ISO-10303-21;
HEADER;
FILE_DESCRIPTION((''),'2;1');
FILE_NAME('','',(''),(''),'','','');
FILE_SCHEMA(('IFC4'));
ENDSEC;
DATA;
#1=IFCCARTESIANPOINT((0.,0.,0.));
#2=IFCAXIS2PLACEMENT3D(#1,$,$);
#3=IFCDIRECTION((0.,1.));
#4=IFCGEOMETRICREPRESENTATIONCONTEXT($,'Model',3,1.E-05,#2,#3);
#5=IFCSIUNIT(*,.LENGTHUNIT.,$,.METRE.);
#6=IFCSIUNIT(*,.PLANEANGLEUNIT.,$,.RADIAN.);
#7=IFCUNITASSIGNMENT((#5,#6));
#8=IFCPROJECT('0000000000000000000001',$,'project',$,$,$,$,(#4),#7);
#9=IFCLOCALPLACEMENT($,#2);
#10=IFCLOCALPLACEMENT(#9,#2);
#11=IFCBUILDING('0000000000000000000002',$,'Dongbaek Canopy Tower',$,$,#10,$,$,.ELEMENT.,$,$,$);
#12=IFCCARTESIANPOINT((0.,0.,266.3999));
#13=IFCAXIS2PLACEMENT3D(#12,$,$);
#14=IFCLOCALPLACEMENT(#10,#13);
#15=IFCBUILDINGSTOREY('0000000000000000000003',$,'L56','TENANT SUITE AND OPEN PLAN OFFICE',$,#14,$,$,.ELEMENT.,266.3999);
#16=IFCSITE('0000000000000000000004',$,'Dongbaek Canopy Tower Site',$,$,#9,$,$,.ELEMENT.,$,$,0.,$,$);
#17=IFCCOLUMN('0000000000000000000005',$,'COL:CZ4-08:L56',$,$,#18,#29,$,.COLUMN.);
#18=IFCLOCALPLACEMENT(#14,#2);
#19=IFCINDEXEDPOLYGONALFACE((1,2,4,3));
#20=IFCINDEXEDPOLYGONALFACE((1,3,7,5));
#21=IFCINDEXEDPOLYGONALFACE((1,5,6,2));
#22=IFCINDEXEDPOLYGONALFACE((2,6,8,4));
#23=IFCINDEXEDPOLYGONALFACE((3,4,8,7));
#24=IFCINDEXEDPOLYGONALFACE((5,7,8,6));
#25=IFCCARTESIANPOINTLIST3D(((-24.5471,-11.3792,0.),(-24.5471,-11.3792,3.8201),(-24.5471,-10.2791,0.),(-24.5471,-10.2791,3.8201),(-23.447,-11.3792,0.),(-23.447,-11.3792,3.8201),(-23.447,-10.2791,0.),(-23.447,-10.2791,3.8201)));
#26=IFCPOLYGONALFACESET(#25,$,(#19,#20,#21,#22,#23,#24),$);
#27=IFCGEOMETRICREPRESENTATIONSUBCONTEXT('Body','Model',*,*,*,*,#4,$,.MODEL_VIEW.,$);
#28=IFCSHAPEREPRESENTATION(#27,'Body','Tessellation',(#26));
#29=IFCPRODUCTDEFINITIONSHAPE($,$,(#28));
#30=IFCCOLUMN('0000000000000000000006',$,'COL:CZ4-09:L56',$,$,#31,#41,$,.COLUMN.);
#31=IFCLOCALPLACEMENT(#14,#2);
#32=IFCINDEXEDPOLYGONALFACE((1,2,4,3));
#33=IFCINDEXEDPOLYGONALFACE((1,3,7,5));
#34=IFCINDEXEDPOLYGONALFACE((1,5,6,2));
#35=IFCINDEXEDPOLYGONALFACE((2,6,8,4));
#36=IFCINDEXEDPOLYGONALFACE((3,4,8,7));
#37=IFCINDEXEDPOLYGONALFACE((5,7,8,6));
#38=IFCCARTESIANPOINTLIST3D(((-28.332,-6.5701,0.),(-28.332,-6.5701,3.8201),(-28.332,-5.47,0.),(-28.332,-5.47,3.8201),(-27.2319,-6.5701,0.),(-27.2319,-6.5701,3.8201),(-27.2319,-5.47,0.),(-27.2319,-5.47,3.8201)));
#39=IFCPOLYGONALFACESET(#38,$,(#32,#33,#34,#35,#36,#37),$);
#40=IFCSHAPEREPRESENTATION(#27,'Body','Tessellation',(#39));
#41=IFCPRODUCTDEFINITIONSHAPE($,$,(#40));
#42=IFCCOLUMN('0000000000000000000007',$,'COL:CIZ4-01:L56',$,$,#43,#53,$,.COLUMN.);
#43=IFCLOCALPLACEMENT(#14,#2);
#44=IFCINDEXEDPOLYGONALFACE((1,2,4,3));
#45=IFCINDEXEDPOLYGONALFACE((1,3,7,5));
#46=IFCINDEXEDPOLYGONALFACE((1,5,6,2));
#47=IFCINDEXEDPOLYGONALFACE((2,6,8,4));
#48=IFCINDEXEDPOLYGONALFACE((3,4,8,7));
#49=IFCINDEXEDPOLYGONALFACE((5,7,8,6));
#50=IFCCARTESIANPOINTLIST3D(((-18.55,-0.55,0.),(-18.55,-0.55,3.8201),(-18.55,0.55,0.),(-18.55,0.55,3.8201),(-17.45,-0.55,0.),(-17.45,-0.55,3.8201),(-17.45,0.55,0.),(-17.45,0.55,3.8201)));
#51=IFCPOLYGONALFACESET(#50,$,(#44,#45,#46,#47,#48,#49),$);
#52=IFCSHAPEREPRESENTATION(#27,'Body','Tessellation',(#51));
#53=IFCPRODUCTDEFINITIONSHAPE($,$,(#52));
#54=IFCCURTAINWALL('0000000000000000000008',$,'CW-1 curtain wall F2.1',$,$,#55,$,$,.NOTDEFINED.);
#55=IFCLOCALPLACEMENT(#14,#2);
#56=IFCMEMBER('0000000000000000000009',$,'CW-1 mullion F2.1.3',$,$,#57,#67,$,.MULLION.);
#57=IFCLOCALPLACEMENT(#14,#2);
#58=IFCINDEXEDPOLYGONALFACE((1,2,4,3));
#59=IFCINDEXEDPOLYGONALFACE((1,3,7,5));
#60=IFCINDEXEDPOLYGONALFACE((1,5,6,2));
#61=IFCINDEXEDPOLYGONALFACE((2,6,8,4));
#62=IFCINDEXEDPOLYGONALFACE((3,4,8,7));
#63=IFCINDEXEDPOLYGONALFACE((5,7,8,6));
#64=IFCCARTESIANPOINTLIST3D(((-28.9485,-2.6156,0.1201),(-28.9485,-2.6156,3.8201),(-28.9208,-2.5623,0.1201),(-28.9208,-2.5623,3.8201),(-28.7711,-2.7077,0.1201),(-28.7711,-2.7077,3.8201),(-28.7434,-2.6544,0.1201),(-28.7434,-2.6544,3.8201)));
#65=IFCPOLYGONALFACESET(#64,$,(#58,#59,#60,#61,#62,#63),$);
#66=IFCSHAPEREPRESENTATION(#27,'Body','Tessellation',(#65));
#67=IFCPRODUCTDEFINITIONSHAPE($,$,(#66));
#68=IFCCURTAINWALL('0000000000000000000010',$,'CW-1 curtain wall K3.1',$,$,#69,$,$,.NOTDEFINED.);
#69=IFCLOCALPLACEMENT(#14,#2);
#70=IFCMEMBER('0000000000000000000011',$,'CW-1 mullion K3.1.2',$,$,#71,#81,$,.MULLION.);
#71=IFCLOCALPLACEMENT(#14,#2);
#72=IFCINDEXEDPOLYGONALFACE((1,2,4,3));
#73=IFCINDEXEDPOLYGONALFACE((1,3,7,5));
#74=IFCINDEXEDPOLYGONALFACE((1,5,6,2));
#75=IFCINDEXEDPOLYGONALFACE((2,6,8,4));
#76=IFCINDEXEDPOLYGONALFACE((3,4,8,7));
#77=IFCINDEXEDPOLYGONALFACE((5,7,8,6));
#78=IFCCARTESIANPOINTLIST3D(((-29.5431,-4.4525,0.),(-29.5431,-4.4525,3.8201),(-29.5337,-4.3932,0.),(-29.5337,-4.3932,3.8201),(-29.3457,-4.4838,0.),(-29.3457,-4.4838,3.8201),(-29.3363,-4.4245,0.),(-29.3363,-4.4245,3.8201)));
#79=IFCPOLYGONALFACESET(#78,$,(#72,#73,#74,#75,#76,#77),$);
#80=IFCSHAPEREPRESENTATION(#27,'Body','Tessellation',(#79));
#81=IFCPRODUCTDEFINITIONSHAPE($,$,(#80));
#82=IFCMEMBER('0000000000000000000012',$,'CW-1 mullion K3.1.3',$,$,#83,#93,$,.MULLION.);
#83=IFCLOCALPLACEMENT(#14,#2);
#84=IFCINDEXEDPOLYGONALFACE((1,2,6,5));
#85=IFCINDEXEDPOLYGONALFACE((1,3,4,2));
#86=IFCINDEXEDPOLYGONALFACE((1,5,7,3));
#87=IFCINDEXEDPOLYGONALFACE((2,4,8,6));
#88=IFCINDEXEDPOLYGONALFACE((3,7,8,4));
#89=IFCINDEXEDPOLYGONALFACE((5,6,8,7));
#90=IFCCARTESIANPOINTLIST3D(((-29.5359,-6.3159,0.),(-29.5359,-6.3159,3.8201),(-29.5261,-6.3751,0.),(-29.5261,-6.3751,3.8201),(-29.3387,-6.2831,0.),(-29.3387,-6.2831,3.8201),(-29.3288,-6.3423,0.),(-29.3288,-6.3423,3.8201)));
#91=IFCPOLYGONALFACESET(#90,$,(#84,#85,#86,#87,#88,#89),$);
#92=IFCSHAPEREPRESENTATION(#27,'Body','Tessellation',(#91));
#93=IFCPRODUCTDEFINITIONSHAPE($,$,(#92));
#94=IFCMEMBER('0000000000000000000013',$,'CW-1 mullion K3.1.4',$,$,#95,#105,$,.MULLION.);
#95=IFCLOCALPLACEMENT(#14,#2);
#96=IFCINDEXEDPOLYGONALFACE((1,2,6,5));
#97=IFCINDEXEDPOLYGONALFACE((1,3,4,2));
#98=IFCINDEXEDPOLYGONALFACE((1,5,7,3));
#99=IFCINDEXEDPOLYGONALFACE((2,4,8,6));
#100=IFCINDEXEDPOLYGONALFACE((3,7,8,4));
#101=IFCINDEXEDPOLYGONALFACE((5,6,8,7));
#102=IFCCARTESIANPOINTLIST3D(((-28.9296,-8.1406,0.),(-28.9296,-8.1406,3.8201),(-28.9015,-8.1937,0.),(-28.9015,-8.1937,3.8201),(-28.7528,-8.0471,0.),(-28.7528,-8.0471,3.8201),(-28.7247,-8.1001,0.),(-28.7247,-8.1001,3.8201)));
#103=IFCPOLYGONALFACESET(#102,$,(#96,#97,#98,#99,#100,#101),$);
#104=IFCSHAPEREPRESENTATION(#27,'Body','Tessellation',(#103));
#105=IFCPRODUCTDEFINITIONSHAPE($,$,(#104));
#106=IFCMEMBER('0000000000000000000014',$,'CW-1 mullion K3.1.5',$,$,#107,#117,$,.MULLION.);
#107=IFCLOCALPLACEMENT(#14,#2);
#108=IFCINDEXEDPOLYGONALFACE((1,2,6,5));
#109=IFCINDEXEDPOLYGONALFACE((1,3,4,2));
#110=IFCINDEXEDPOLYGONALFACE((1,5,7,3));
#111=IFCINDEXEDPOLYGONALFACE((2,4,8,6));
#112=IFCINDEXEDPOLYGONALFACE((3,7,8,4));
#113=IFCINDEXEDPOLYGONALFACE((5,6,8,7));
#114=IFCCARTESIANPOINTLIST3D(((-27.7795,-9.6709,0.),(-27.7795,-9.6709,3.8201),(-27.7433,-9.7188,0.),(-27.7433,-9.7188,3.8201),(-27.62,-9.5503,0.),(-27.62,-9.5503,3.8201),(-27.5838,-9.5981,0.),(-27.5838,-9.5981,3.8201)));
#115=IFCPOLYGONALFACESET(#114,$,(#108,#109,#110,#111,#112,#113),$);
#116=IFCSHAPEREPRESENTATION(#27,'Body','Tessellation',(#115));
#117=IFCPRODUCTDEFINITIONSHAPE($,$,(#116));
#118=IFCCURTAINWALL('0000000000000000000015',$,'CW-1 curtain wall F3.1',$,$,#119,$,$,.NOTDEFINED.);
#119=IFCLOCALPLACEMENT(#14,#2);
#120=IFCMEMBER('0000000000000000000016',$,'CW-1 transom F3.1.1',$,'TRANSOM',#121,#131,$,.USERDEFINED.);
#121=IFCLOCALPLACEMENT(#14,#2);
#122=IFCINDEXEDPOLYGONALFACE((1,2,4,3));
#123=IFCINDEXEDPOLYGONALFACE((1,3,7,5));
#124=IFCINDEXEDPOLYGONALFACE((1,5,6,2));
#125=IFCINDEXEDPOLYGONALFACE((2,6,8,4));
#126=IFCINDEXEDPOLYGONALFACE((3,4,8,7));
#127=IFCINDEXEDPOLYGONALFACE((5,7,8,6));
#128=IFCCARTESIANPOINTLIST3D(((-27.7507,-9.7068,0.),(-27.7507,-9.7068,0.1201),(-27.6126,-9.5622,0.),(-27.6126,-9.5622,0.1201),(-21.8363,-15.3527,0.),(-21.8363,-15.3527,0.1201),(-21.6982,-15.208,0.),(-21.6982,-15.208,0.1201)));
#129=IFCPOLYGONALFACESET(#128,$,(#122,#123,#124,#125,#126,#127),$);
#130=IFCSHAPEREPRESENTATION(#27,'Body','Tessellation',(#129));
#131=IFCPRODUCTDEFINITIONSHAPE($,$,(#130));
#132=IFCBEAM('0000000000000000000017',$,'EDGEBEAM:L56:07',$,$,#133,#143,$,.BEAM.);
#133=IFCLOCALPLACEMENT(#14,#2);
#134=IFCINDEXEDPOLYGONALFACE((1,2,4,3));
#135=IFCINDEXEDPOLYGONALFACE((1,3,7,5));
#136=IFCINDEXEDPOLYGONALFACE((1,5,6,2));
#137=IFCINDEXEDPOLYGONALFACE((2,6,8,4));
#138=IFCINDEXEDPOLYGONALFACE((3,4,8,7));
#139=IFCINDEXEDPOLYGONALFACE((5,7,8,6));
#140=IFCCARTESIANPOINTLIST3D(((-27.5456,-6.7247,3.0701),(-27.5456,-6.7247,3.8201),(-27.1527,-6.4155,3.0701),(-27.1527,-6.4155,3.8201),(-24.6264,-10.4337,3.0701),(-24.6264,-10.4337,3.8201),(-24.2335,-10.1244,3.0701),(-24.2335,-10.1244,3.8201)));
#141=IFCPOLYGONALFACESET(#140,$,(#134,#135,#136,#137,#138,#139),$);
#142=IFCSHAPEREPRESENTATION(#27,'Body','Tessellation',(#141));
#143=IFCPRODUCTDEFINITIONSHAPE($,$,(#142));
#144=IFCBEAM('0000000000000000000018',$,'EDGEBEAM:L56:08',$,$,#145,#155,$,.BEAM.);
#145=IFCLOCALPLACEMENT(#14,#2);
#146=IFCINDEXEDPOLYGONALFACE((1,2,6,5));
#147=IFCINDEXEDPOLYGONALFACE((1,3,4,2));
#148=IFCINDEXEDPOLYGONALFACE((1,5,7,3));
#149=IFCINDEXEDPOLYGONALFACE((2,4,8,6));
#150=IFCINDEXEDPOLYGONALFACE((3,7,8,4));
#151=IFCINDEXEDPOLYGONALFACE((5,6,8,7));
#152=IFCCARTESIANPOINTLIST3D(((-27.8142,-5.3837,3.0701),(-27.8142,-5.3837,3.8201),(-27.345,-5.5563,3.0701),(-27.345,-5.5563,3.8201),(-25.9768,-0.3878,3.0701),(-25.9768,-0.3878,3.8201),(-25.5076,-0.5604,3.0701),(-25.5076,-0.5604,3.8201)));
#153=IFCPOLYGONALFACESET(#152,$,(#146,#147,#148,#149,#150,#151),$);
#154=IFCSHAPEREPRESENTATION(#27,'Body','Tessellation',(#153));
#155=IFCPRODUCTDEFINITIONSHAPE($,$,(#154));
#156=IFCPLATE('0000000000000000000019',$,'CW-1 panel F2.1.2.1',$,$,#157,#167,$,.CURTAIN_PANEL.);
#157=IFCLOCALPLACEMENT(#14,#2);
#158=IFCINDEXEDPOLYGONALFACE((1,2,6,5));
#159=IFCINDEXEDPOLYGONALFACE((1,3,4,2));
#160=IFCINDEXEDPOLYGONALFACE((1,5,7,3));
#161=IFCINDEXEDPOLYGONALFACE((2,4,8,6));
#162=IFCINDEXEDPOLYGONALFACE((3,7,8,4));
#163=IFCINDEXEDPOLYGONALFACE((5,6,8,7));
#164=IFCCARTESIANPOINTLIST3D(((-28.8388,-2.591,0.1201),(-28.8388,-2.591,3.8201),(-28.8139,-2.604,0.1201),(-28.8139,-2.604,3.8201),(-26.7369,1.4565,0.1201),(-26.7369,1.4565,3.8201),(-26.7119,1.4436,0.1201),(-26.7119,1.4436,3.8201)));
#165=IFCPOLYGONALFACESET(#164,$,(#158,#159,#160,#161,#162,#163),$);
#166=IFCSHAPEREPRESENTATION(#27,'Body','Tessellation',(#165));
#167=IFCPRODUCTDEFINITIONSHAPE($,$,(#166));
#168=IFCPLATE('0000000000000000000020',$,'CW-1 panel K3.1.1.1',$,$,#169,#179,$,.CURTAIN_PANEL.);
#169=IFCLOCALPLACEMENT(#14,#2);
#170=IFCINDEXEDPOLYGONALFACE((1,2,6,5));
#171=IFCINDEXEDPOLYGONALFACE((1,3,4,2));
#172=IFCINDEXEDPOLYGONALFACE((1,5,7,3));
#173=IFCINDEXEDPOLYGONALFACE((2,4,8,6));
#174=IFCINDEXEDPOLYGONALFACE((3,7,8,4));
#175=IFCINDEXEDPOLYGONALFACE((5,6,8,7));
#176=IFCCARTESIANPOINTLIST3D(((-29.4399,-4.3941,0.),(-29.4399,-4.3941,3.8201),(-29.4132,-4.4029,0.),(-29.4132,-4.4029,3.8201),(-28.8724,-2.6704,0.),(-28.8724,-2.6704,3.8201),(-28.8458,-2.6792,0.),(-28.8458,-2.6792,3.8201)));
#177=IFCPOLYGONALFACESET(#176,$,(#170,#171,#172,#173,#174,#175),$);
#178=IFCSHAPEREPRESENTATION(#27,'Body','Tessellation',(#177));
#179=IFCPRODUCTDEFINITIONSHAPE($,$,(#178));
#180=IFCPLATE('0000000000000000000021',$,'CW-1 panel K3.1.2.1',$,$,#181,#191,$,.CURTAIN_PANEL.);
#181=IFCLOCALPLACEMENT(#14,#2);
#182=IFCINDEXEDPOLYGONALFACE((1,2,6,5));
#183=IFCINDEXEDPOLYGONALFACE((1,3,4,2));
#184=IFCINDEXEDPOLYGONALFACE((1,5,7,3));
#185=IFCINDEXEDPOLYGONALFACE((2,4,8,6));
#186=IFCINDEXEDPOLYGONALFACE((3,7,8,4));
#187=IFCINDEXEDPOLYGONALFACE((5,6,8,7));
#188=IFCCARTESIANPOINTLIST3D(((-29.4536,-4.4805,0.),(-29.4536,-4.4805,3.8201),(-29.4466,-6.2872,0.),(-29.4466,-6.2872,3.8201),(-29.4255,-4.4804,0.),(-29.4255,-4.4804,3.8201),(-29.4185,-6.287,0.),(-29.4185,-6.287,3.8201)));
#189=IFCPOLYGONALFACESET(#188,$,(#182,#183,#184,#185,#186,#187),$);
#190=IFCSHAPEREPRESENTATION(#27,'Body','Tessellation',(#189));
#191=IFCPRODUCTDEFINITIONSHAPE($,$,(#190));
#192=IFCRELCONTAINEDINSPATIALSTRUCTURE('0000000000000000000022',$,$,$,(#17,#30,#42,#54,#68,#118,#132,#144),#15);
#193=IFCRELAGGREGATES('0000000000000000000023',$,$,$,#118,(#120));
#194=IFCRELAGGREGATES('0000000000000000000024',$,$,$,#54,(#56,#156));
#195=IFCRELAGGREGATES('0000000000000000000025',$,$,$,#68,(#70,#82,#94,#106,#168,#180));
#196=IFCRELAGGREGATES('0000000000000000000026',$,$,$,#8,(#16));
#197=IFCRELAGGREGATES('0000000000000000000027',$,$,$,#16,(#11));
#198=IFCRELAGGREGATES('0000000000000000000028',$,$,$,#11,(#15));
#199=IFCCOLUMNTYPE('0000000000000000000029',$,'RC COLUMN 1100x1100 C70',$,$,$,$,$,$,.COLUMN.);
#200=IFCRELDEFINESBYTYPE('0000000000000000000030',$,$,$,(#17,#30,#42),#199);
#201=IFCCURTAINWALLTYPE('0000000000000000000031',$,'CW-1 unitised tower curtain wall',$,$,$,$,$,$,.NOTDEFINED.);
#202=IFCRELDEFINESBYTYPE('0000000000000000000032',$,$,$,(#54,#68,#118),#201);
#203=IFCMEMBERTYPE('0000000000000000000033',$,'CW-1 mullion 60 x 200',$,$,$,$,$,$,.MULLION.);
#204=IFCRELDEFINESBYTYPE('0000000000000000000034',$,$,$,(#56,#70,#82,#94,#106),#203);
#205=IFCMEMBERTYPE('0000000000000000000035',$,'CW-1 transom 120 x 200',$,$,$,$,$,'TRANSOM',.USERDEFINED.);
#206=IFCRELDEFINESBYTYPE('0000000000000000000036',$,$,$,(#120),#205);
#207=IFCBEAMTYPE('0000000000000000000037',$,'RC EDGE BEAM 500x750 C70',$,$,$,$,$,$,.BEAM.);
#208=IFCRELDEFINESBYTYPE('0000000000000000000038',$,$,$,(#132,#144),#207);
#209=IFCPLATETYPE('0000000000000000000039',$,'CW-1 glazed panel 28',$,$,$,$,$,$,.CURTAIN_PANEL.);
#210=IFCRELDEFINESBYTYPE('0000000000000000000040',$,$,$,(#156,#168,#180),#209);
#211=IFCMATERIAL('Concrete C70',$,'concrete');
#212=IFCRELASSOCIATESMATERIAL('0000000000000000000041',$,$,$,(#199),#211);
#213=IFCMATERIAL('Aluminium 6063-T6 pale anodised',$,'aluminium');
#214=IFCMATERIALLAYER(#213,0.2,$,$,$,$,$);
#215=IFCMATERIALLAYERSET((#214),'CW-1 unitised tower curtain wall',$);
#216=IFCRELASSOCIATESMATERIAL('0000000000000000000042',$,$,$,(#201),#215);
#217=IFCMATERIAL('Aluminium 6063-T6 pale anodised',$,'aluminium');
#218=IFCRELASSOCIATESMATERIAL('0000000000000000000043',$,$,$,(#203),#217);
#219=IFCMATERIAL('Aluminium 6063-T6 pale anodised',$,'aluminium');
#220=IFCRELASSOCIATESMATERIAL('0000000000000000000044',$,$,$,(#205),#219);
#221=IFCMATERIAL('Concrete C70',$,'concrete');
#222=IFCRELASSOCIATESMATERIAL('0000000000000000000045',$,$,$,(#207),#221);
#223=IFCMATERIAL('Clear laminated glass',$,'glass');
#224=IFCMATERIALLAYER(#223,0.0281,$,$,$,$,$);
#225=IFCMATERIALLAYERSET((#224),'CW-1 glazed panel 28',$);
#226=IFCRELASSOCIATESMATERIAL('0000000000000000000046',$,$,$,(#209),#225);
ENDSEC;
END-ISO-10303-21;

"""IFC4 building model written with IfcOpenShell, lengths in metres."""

from ifc_helpers import new_model, si_unit, direction, frame, origin, origin_2d, place, context, subcontext, project, spatial, rectangle, extrude, material, layer, layer_set, material_profile, profile_set, type_object, element, aggregate, save


model = new_model("IFC4")

# Units and contexts
model_context = context("Model", 3, precision=1e-05, world=origin(), true_north=direction((0.0, 1.0)))
body_context = subcontext(model_context, "Body", "Model", "MODEL_VIEW")
ifc_project = project(units=[si_unit("LENGTHUNIT", "METRE"), si_unit("PLANEANGLEUNIT", "RADIAN")], contexts=[model_context])

# Site, building, storey
site_placement = place(None, origin())
site = spatial("IfcSite", under=ifc_project, at=site_placement, Name="Dongbaek Canopy Tower Site", CompositionType="ELEMENT", RefElevation=0.0)
building_placement = place(site_placement, origin())
building = spatial("IfcBuilding", under=site, at=building_placement, Name="Dongbaek Canopy Tower", CompositionType="ELEMENT")
storey_placement = place(building_placement, frame((0.0, 0.0, 266.3999)))
storey = spatial("IfcBuildingStorey", under=building, at=storey_placement, Name="L56", Description="TENANT SUITE AND OPEN PLAN OFFICE", CompositionType="ELEMENT", Elevation=266.3999)

# Columns
ifc_material_1 = material(Name="Concrete C70", Category="concrete")
ifc_material_profile_1 = material_profile(ifc_material_1, rectangle(XDim=1.1001, YDim=1.1001, at=origin_2d()), Name="RC COLUMN 1100x1100 C70")
ifc_profile_set_1 = profile_set([ifc_material_profile_1], Name="Concrete C70")
column_type = type_object("IfcColumnType", Name="RC COLUMN 1100x1100 C70", PredefinedType="COLUMN", material=ifc_profile_set_1)
for number, where, z_axis, x_axis, name in (
    (1, (-23.9971, -10.8291, 0.0), (0.0, 0.0, 1.0), (1.0, 0.0, 0.0), "COL:CZ4-08:L56"),
    (2, (-27.782, -6.02, 0.0), (0.0, 0.0, 1.0), (1.0, 0.0, 0.0), "COL:CZ4-09:L56"),
    (3, (-18.0, 0.0, 0.0), (0.0, 0.0, 1.0), (1.0, 0.0, 0.0), "COL:CIZ4-01:L56"),
):
    element("IfcColumn", number, at=place(storey_placement, frame(where, z_axis=z_axis, x_axis=x_axis)), inside=storey, type_object=column_type, Name=name, PredefinedType="COLUMN", context=body_context, shape_type="SweptSolid", body=[
        extrude(rectangle(XDim=1.1001, YDim=1.1001, at=origin_2d()), origin(), (0.0, 0.0, 1.0), 3.8201),
    ])

# Curtain wall, member
ifc_material_2 = material(Name="Aluminium 6063-T6 pale anodised", Category="aluminium")
ifc_layer_1 = layer(ifc_material_2, 0.2)
ifc_layer_set_1 = layer_set([ifc_layer_1], Name="CW-1 unitised tower curtain wall")
curtain_wall_type = type_object("IfcCurtainWallType", Name="CW-1 unitised tower curtain wall", PredefinedType="NOTDEFINED", material=ifc_layer_set_1)
curtain_wall_1_placement = place(storey_placement, origin())
curtain_wall_1 = element("IfcCurtainWall", 4, at=curtain_wall_1_placement, inside=storey, type_object=curtain_wall_type, Name="CW-1 curtain wall F2.1", PredefinedType="NOTDEFINED")
ifc_material_3 = material(Name="Aluminium 6063-T6 pale anodised", Category="aluminium")
ifc_material_profile_2 = material_profile(ifc_material_3, rectangle(XDim=0.2, YDim=0.0601, at=origin_2d()), Name="CW-1 mullion 60 x 200")
ifc_profile_set_2 = profile_set([ifc_material_profile_2], Name="Aluminium 6063-T6 pale anodised")
member_type_1 = type_object("IfcMemberType", Name="CW-1 mullion 60 x 200", PredefinedType="MULLION", material=ifc_profile_set_2)
member_1_placement = place(storey_placement, frame((-28.8459, -2.635, 0.1201), z_axis=(0.0, 0.0, 1.0), x_axis=(-0.887462, 0.46088, 0.0)))
member_1 = element("IfcMember", 5, at=member_1_placement, type_object=member_type_1, Name="CW-1 mullion F2.1.3", PredefinedType="MULLION", context=body_context, shape_type="SweptSolid", body=[
    extrude(rectangle(XDim=0.2, YDim=0.0601, at=origin_2d()), origin(), (0.0, 0.0, 1.0), 3.7),
])

# Curtain wall, members
curtain_wall_2_placement = place(storey_placement, origin())
curtain_wall_2 = element("IfcCurtainWall", 6, at=curtain_wall_2_placement, inside=storey, type_object=curtain_wall_type, Name="CW-1 curtain wall K3.1", PredefinedType="NOTDEFINED")
member_2_placement = place(storey_placement, frame((-29.4397, -4.4385, 0.0), z_axis=(0.0, 0.0, 1.0), x_axis=(-0.987688, 0.156435, 0.0)))
member_2 = element("IfcMember", 7, at=member_2_placement, type_object=member_type_1, Name="CW-1 mullion K3.1.2", PredefinedType="MULLION", context=body_context, shape_type="SweptSolid", body=[
    extrude(rectangle(XDim=0.2, YDim=0.0601, at=origin_2d()), origin(), (0.0, 0.0, 1.0), 3.8201),
])
member_3_placement = place(storey_placement, frame((-29.4324, -6.3291, 0.0), z_axis=(0.0, 0.0, 1.0), x_axis=(-0.986447, -0.164082, 0.0)))
member_3 = element("IfcMember", 8, at=member_3_placement, type_object=member_type_1, Name="CW-1 mullion K3.1.3", PredefinedType="MULLION", context=body_context, shape_type="SweptSolid", body=[
    extrude(rectangle(XDim=0.2, YDim=0.0601, at=origin_2d()), origin(), (0.0, 0.0, 1.0), 3.8201),
])
member_4_placement = place(storey_placement, frame((-28.8271, -8.1204, 0.0), z_axis=(0.0, 0.0, 1.0), x_axis=(-0.883865, -0.467742, 0.0)))
member_4 = element("IfcMember", 9, at=member_4_placement, type_object=member_type_1, Name="CW-1 mullion K3.1.4", PredefinedType="MULLION", context=body_context, shape_type="SweptSolid", body=[
    extrude(rectangle(XDim=0.2, YDim=0.0601, at=origin_2d()), origin(), (0.0, 0.0, 1.0), 3.8201),
])
member_5_placement = place(storey_placement, frame((-27.6816, -9.6345, 0.0), z_axis=(0.0, 0.0, 1.0), x_axis=(-0.797481, -0.603344, 0.0)))
member_5 = element("IfcMember", 10, at=member_5_placement, type_object=member_type_1, Name="CW-1 mullion K3.1.5", PredefinedType="MULLION", context=body_context, shape_type="SweptSolid", body=[
    extrude(rectangle(XDim=0.2, YDim=0.0601, at=origin_2d()), origin(), (0.0, 0.0, 1.0), 3.8201),
])

# Curtain wall, member
curtain_wall_3_placement = place(storey_placement, origin())
curtain_wall_3 = element("IfcCurtainWall", 11, at=curtain_wall_3_placement, inside=storey, type_object=curtain_wall_type, Name="CW-1 curtain wall F3.1", PredefinedType="NOTDEFINED")
ifc_material_4 = material(Name="Aluminium 6063-T6 pale anodised", Category="aluminium")
ifc_material_profile_3 = material_profile(ifc_material_4, rectangle(XDim=0.2, YDim=0.1201, at=origin_2d()), Name="CW-1 transom 120 x 200")
ifc_profile_set_3 = profile_set([ifc_material_profile_3], Name="Aluminium 6063-T6 pale anodised")
member_type_2 = type_object("IfcMemberType", Name="CW-1 transom 120 x 200", ElementType="TRANSOM", PredefinedType="USERDEFINED", material=ifc_profile_set_3)
member_6_placement = place(storey_placement, frame((-27.6816, -9.6345, 0.0601), z_axis=(0.723339, -0.690494, 0.0), x_axis=(0.690494, 0.723339, 0.0)))
member_6 = element("IfcMember", 12, at=member_6_placement, type_object=member_type_2, Name="CW-1 transom F3.1.1", ObjectType="TRANSOM", PredefinedType="USERDEFINED", context=body_context, shape_type="SweptSolid", body=[
    extrude(rectangle(XDim=0.2, YDim=0.1201, at=origin_2d()), origin(), (0.0, 0.0, 1.0), 8.1765),
])
aggregate(curtain_wall_3, [member_6])

# Beams
ifc_material_5 = material(Name="Concrete C70", Category="concrete")
ifc_material_profile_4 = material_profile(ifc_material_5, rectangle(XDim=0.5, YDim=0.75, at=origin_2d()), Name="RC EDGE BEAM 500x750 C70")
ifc_profile_set_4 = profile_set([ifc_material_profile_4], Name="Concrete C70")
beam_type = type_object("IfcBeamType", Name="RC EDGE BEAM 500x750 C70", PredefinedType="BEAM", material=ifc_profile_set_4)
beam_1_placement = place(storey_placement, frame((-24.4299, -10.2791, 3.4451), z_axis=(-0.618475, 0.785805, 0.0), x_axis=(-0.785805, -0.618475, 0.0)))
element("IfcBeam", 13, at=beam_1_placement, inside=storey, type_object=beam_type, Name="EDGEBEAM:L56:07", PredefinedType="BEAM", context=body_context, shape_type="SweptSolid", body=[
    extrude(rectangle(XDim=0.5, YDim=0.75, at=origin_2d()), origin(), (0.0, 0.0, 1.0), 4.72),
])
beam_2_placement = place(storey_placement, frame((-27.5796, -5.47, 3.4451), z_axis=(0.34518, 0.938536, 0.0), x_axis=(-0.938536, 0.34518, 0.0)))
element("IfcBeam", 14, at=beam_2_placement, inside=storey, type_object=beam_type, Name="EDGEBEAM:L56:08", PredefinedType="BEAM", context=body_context, shape_type="SweptSolid", body=[
    extrude(rectangle(XDim=0.5, YDim=0.75, at=origin_2d()), origin(), (0.0, 0.0, 1.0), 5.323),
])

# Plates
ifc_material_6 = material(Name="Clear laminated glass", Category="glass")
ifc_layer_2 = layer(ifc_material_6, 0.0281)
ifc_layer_set_2 = layer_set([ifc_layer_2], Name="CW-1 glazed panel 28")
plate_type = type_object("IfcPlateType", Name="CW-1 glazed panel 28", PredefinedType="CURTAIN_PANEL", material=ifc_layer_set_2)
plate_1_placement = place(storey_placement, frame((-27.7754, -0.5737, 0.1201), z_axis=(0.0, 0.0, 1.0), x_axis=(-0.46088, -0.887462, 0.0)))
plate_1 = element("IfcPlate", 15, at=plate_1_placement, type_object=plate_type, Name="CW-1 panel F2.1.2.1", PredefinedType="CURTAIN_PANEL", context=body_context, shape_type="SweptSolid", body=[
    extrude(rectangle(XDim=4.5608, YDim=0.0281, at=origin_2d()), origin(), (0.0, 0.0, 1.0), 3.7),
])
plate_2_placement = place(storey_placement, frame((-29.1428, -3.5366, 0.0), z_axis=(0.0, 0.0, 1.0), x_axis=(-0.312699, -0.949852, 0.0)))
plate_2 = element("IfcPlate", 16, at=plate_2_placement, type_object=plate_type, Name="CW-1 panel K3.1.1.1", PredefinedType="CURTAIN_PANEL", context=body_context, shape_type="SweptSolid", body=[
    extrude(rectangle(XDim=1.8147, YDim=0.0281, at=origin_2d()), origin(), (0.0, 0.0, 1.0), 3.8201),
])
plate_3_placement = place(storey_placement, frame((-29.436, -5.3838, 0.0), z_axis=(0.0, 0.0, 1.0), x_axis=(0.003874, -0.999992, 0.0)))
plate_3 = element("IfcPlate", 17, at=plate_3_placement, type_object=plate_type, Name="CW-1 panel K3.1.2.1", PredefinedType="CURTAIN_PANEL", context=body_context, shape_type="SweptSolid", body=[
    extrude(rectangle(XDim=1.8066, YDim=0.0281, at=origin_2d()), origin(), (0.0, 0.0, 1.0), 3.8201),
])

aggregate(curtain_wall_1, [member_1, plate_1])
aggregate(curtain_wall_2, [member_2, member_3, member_4, member_5, plate_2, plate_3])

save(model, "model.ifc")
